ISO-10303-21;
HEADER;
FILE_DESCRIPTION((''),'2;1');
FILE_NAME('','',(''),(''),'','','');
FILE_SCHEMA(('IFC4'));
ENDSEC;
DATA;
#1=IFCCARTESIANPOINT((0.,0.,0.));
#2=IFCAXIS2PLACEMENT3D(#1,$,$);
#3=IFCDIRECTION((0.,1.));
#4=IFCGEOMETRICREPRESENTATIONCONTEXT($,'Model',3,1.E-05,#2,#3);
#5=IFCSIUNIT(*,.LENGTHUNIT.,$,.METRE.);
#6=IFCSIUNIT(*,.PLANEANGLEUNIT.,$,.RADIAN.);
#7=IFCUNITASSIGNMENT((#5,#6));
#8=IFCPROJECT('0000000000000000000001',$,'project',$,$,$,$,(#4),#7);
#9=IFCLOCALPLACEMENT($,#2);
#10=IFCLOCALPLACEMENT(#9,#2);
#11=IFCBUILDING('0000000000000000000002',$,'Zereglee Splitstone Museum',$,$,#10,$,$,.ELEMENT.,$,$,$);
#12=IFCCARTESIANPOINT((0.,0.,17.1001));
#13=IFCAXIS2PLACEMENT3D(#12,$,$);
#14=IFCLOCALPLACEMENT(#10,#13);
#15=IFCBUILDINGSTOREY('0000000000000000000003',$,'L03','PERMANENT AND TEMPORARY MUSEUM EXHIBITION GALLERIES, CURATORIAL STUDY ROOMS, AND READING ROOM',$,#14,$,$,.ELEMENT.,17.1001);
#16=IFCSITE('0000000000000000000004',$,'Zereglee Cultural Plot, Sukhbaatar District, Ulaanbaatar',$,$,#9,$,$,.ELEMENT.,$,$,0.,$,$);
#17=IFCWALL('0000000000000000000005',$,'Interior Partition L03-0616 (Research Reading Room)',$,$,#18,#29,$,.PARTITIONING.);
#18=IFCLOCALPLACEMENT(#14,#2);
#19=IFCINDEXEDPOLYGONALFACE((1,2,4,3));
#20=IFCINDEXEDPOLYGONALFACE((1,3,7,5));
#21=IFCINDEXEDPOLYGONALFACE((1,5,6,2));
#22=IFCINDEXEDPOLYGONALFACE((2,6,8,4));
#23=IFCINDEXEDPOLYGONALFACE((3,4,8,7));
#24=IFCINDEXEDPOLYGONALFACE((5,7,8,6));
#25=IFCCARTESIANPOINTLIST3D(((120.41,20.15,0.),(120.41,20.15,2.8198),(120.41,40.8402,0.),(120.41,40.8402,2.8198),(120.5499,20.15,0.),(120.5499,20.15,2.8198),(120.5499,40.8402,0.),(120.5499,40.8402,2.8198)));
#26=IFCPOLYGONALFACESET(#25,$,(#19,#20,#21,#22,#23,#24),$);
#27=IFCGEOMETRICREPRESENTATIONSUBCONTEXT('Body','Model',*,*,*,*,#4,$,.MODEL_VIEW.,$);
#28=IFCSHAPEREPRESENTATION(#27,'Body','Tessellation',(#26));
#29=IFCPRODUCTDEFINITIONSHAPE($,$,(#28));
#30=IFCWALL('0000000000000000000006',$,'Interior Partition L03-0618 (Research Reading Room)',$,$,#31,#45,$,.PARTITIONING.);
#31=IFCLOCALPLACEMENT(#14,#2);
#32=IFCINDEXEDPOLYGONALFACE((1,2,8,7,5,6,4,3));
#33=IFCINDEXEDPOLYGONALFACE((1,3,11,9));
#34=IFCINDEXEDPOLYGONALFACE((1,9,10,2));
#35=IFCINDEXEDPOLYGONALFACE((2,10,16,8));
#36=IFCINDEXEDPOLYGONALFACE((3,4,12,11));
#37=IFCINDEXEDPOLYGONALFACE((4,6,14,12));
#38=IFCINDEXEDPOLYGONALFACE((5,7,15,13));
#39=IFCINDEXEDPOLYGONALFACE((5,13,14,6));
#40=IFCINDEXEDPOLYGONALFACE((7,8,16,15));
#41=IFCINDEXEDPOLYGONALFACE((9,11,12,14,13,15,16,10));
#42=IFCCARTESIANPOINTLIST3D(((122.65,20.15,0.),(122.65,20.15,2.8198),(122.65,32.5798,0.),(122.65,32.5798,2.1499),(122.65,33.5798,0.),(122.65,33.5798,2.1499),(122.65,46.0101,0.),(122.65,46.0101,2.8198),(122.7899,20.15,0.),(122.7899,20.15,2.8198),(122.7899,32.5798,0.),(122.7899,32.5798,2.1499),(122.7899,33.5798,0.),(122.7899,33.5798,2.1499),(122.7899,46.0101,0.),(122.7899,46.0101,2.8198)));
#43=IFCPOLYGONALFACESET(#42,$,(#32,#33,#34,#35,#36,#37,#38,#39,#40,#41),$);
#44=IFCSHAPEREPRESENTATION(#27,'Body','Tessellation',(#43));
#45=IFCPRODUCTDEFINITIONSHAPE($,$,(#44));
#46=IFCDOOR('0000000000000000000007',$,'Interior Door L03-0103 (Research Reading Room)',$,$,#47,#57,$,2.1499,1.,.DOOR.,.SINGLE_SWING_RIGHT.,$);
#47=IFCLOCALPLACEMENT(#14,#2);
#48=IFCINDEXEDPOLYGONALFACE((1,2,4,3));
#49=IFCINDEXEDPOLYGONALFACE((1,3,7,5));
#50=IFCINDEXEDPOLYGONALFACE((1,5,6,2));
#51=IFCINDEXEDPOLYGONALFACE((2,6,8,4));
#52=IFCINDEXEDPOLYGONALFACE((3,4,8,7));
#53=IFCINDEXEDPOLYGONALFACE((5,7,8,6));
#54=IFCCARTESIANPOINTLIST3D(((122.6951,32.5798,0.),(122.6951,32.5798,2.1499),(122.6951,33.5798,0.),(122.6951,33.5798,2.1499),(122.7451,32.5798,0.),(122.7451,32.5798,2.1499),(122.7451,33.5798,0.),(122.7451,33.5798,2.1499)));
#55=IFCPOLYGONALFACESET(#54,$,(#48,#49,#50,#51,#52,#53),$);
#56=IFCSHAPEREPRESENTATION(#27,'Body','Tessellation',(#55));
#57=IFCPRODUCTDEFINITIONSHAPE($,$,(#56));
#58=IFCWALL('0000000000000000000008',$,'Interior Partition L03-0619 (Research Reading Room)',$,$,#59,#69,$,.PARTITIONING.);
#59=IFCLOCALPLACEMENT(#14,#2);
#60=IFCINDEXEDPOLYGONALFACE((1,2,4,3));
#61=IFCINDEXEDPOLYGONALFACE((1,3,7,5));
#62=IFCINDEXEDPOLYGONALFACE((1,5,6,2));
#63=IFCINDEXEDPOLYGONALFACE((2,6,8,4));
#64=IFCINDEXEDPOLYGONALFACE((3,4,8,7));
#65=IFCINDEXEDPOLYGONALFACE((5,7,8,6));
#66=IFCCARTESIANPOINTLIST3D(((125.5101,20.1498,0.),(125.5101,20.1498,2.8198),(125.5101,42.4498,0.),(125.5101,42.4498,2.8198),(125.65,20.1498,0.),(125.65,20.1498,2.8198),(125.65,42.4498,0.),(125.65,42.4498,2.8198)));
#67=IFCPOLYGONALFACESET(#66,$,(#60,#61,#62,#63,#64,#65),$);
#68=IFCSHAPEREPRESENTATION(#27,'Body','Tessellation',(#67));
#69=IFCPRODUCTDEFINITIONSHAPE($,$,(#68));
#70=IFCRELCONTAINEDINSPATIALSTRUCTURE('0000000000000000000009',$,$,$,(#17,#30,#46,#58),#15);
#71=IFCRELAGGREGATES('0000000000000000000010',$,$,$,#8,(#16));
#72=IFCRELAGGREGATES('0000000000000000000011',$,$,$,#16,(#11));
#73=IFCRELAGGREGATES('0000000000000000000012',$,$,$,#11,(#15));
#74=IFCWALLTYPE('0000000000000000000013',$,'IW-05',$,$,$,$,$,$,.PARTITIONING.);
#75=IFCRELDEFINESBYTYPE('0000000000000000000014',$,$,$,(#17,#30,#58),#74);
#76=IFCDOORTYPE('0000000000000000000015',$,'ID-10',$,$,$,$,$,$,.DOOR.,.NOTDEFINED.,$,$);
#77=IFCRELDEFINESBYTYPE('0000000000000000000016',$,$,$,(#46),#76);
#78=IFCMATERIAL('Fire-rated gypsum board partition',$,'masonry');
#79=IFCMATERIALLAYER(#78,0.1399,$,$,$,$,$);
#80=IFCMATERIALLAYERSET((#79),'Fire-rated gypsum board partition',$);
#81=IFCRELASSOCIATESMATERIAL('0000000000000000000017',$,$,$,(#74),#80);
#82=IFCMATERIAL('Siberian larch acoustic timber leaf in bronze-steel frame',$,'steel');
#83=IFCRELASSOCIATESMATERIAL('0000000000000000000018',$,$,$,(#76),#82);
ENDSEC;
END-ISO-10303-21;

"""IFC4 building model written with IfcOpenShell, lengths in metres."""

from ifc_helpers import new_model, si_unit, direction, frame, frame_2d, origin, place, context, subcontext, project, spatial, rectangle, extrude, material, layer, layer_set, type_object, element, fill, save


model = new_model("IFC4")

# Units and contexts
model_context = context("Model", 3, precision=1e-05, world=origin(), true_north=direction((0.0, 1.0)))
body_context = subcontext(model_context, "Body", "Model", "MODEL_VIEW")
ifc_project = project(units=[si_unit("LENGTHUNIT", "METRE"), si_unit("PLANEANGLEUNIT", "RADIAN")], contexts=[model_context])

# Site, building, storey
site_placement = place(None, origin())
site = spatial("IfcSite", under=ifc_project, at=site_placement, Name="Zereglee Cultural Plot, Sukhbaatar District, Ulaanbaatar", CompositionType="ELEMENT", RefElevation=0.0)
building_placement = place(site_placement, origin())
building = spatial("IfcBuilding", under=site, at=building_placement, Name="Zereglee Splitstone Museum", CompositionType="ELEMENT")
storey_placement = place(building_placement, frame((0.0, 0.0, 17.1001)))
storey = spatial("IfcBuildingStorey", under=building, at=storey_placement, Name="L03", Description="PERMANENT AND TEMPORARY MUSEUM EXHIBITION GALLERIES, CURATORIAL STUDY ROOMS, AND READING ROOM", CompositionType="ELEMENT", Elevation=17.1001)

# Wall
ifc_material_1 = material(Name="Fire-rated gypsum board partition", Category="masonry")
ifc_layer_1 = layer(ifc_material_1, 0.1399)
ifc_layer_set_1 = layer_set([ifc_layer_1], Name="Fire-rated gypsum board partition")
wall_type_1 = type_object("IfcWallType", Name="IW-05", PredefinedType="PARTITIONING", material=ifc_layer_set_1)
wall_1_placement = place(storey_placement, frame((120.48, 20.1499, 0.0), z_axis=(0.0, 0.0, 1.0), x_axis=(0.0, 1.0, 0.0)))
element("IfcWall", 1, at=wall_1_placement, inside=storey, type_object=wall_type_1, Name="Interior Partition L03-0616 (Research Reading Room)", PredefinedType="PARTITIONING", context=body_context, shape_type="SweptSolid", body=[
    extrude(rectangle(XDim=20.6902, YDim=0.1399, at=frame_2d((10.3452, 0.0))), origin(), (0.0, 0.0, 1.0), 2.8198),
])

# Wall, opening, door
wall_2_placement = place(storey_placement, frame((122.72, 20.1499, 0.0), z_axis=(0.0, 0.0, 1.0), x_axis=(0.0, 1.0, 0.0)))
wall_2 = element("IfcWall", 2, at=wall_2_placement, inside=storey, type_object=wall_type_1, Name="Interior Partition L03-0618 (Research Reading Room)", PredefinedType="PARTITIONING", context=body_context, shape_type="SweptSolid", body=[
    extrude(rectangle(XDim=25.8601, YDim=0.1399, at=frame_2d((12.9302, 0.0))), origin(), (0.0, 0.0, 1.0), 2.8198),
])
opening_placement = place(wall_2_placement, frame((12.4299, 0.0, 0.0)))
opening = element("IfcOpeningElement", 3, at=opening_placement, cuts=wall_2, PredefinedType="OPENING", context=body_context, shape_type="SweptSolid", body=[
    extrude(rectangle(XDim=1.0, YDim=2.1499, at=frame_2d((0.5, 1.075))), frame((0.0, 0.085, 0.0), z_axis=(0.0, -1.0, 0.0), x_axis=(1.0, 0.0, 0.0)), (0.0, 0.0, 1.0), 0.1697),
])
ifc_material_2 = material(Name="Siberian larch acoustic timber leaf in bronze-steel frame", Category="steel")
door_type = type_object("IfcDoorType", Name="ID-10", OperationType="NOTDEFINED", PredefinedType="DOOR", material=ifc_material_2)
door_placement = place(opening_placement, origin())
door = element("IfcDoor", 4, at=door_placement, inside=storey, type_object=door_type, Name="Interior Door L03-0103 (Research Reading Room)", OperationType="SINGLE_SWING_RIGHT", OverallHeight=2.1499, OverallWidth=1.0, PredefinedType="DOOR", context=body_context, shape_type="SweptSolid", body=[
    extrude(rectangle(XDim=1.0, YDim=2.1499, at=frame_2d((0.5, 1.075))), frame((0.0, 0.0249, 0.0), z_axis=(0.0, -1.0, 0.0), x_axis=(1.0, 0.0, 0.0)), (0.0, 0.0, 1.0), 0.05),
])
fill(opening, door)

# Wall
wall_3_placement = place(storey_placement, frame((125.5801, 20.1499, 0.0), z_axis=(0.0, 0.0, 1.0), x_axis=(0.0, 1.0, 0.0)))
element("IfcWall", 5, at=wall_3_placement, inside=storey, type_object=wall_type_1, Name="Interior Partition L03-0619 (Research Reading Room)", PredefinedType="PARTITIONING", context=body_context, shape_type="SweptSolid", body=[
    extrude(rectangle(XDim=22.3, YDim=0.1399, at=frame_2d((11.1499, 0.0))), origin(), (0.0, 0.0, 1.0), 2.8198),
])

save(model, "model.ifc")
